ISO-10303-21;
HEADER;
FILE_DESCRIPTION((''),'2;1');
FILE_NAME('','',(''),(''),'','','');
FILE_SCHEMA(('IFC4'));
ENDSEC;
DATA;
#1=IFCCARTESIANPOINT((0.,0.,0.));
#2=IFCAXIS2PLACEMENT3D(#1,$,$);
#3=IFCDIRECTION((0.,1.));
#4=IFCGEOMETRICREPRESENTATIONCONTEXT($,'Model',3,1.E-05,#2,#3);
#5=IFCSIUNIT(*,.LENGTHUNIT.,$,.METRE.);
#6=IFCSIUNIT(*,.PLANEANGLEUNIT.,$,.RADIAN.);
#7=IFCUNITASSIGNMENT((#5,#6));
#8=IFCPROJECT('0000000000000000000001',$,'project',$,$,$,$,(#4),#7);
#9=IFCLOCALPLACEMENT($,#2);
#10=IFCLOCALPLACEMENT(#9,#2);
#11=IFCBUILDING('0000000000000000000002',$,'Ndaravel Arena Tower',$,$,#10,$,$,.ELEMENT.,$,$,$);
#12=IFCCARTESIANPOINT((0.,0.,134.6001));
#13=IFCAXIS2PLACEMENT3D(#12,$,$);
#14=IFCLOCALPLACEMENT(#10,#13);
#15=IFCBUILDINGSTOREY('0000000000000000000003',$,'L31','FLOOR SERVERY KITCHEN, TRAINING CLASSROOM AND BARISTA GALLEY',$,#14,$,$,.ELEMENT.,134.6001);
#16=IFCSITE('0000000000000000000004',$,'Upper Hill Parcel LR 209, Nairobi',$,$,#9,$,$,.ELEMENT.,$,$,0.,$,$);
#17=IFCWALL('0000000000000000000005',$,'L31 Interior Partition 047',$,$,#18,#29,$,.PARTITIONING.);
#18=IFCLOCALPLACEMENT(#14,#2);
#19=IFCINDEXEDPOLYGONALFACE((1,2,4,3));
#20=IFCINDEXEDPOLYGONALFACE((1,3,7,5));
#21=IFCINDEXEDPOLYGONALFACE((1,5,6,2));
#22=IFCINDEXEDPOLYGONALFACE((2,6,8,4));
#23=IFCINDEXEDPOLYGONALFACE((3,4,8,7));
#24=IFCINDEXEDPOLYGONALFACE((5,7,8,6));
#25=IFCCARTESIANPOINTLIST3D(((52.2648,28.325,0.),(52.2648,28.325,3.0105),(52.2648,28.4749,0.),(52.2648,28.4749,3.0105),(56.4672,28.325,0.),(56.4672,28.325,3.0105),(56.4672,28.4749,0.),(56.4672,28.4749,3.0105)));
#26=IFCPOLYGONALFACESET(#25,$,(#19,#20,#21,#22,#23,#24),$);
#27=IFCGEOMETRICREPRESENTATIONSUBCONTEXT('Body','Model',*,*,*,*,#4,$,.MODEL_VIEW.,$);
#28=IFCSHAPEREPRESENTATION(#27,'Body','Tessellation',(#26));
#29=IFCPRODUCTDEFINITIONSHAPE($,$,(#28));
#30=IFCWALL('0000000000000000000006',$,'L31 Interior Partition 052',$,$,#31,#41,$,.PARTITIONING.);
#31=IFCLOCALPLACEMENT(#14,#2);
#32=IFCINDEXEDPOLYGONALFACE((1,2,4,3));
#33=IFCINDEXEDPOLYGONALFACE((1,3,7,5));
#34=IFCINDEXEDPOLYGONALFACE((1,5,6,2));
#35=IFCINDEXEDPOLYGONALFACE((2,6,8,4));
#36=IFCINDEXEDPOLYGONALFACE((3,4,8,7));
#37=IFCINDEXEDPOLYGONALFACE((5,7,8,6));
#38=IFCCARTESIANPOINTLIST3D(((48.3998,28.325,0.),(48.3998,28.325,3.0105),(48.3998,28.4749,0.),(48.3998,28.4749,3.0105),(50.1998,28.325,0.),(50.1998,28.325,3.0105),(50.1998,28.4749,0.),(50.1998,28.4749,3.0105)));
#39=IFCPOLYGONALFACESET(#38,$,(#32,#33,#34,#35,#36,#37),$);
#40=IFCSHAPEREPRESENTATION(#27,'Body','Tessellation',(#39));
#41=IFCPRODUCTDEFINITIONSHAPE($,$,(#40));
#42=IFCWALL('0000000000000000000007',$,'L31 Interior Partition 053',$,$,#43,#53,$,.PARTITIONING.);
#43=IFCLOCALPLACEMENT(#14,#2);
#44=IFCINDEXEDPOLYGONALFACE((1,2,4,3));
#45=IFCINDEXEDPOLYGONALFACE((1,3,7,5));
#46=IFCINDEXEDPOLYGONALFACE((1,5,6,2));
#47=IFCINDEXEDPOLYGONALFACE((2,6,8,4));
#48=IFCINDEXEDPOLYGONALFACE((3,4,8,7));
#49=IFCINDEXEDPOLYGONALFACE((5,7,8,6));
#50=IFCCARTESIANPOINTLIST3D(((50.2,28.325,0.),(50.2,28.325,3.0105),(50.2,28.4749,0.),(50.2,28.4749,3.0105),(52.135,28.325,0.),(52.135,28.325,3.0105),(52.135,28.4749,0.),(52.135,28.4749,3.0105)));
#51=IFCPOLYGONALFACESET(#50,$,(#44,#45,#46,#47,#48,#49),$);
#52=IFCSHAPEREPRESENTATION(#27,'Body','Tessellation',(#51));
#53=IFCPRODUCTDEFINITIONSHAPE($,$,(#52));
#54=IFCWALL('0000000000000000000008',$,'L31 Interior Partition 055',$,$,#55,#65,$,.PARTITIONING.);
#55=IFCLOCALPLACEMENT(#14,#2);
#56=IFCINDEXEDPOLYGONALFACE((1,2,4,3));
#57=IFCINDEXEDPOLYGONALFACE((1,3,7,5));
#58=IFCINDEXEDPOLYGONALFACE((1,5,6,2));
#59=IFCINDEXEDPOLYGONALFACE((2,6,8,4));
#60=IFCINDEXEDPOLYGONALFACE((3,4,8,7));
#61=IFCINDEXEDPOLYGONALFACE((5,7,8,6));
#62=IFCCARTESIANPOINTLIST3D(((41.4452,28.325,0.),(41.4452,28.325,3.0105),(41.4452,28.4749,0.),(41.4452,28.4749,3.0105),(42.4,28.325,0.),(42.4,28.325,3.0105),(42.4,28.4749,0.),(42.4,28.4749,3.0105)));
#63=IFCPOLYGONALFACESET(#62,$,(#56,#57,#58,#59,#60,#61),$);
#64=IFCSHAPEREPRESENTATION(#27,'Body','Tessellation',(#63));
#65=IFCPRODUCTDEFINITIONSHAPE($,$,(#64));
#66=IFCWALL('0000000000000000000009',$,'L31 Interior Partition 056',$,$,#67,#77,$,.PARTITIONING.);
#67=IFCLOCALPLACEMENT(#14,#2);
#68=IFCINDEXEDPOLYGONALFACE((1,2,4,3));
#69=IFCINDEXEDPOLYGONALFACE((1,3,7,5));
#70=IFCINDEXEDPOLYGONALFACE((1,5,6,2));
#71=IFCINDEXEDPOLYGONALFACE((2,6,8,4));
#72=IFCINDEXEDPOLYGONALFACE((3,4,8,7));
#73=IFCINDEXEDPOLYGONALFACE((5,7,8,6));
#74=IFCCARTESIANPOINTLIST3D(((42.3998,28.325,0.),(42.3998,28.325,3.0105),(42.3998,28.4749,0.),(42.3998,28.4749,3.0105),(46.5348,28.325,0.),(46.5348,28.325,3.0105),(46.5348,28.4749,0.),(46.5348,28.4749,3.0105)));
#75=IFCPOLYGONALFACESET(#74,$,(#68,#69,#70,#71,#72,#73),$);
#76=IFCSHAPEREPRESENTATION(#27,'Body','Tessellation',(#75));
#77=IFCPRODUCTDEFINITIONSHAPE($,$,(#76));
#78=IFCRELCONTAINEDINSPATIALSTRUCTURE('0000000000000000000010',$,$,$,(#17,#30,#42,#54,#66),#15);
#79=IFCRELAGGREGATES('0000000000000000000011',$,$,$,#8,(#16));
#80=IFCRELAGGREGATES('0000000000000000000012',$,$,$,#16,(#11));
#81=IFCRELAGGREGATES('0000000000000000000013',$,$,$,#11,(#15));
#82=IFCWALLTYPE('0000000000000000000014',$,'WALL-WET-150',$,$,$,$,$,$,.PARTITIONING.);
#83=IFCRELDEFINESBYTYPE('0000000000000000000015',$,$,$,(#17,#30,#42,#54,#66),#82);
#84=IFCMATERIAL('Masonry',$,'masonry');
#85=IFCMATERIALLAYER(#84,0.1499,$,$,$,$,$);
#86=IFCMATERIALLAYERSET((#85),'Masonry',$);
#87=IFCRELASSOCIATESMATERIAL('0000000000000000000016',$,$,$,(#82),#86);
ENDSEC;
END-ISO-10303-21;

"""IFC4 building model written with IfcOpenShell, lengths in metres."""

from ifc_helpers import new_model, si_unit, direction, frame, frame_2d, origin, place, context, subcontext, project, spatial, rectangle, extrude, material, layer, layer_set, type_object, element, save


model = new_model("IFC4")

# Units and contexts
model_context = context("Model", 3, precision=1e-05, world=origin(), true_north=direction((0.0, 1.0)))
body_context = subcontext(model_context, "Body", "Model", "MODEL_VIEW")
ifc_project = project(units=[si_unit("LENGTHUNIT", "METRE"), si_unit("PLANEANGLEUNIT", "RADIAN")], contexts=[model_context])

# Site, building, storey
site_placement = place(None, origin())
site = spatial("IfcSite", under=ifc_project, at=site_placement, Name="Upper Hill Parcel LR 209, Nairobi", CompositionType="ELEMENT", RefElevation=0.0)
building_placement = place(site_placement, origin())
building = spatial("IfcBuilding", under=site, at=building_placement, Name="Ndaravel Arena Tower", CompositionType="ELEMENT")
storey_placement = place(building_placement, frame((0.0, 0.0, 134.6001)))
storey = spatial("IfcBuildingStorey", under=building, at=storey_placement, Name="L31", Description="FLOOR SERVERY KITCHEN, TRAINING CLASSROOM AND BARISTA GALLEY", CompositionType="ELEMENT", Elevation=134.6001)

# Shared definitions
ifc_material_1 = material(Name="Masonry", Category="masonry")
ifc_layer_1 = layer(ifc_material_1, 0.1499)
ifc_layer_set_1 = layer_set([ifc_layer_1], Name="Masonry")
wall_type_1 = type_object("IfcWallType", Name="WALL-WET-150", PredefinedType="PARTITIONING", material=ifc_layer_set_1)

# Walls
wall_1_placement = place(storey_placement, frame((52.2649, 28.3999, 0.0), z_axis=(0.0, 0.0, 1.0), x_axis=(1.0, 0.0, 0.0)))
element("IfcWall", 1, at=wall_1_placement, inside=storey, type_object=wall_type_1, Name="L31 Interior Partition 047", PredefinedType="PARTITIONING", context=body_context, shape_type="SweptSolid", body=[
    extrude(rectangle(XDim=4.2024, YDim=0.1499, at=frame_2d((2.1011, 0.0))), origin(), (0.0, 0.0, 1.0), 3.0105),
])
wall_2_placement = place(storey_placement, frame((48.3999, 28.3999, 0.0), z_axis=(0.0, 0.0, 1.0), x_axis=(1.0, 0.0, 0.0)))
element("IfcWall", 2, at=wall_2_placement, inside=storey, type_object=wall_type_1, Name="L31 Interior Partition 052", PredefinedType="PARTITIONING", context=body_context, shape_type="SweptSolid", body=[
    extrude(rectangle(XDim=1.8, YDim=0.1499, at=frame_2d((0.8999, 0.0))), origin(), (0.0, 0.0, 1.0), 3.0105),
])
wall_3_placement = place(storey_placement, frame((50.2, 28.3999, 0.0), z_axis=(0.0, 0.0, 1.0), x_axis=(1.0, 0.0, 0.0)))
element("IfcWall", 3, at=wall_3_placement, inside=storey, type_object=wall_type_1, Name="L31 Interior Partition 053", PredefinedType="PARTITIONING", context=body_context, shape_type="SweptSolid", body=[
    extrude(rectangle(XDim=1.9351, YDim=0.1499, at=frame_2d((0.9675, 0.0))), origin(), (0.0, 0.0, 1.0), 3.0105),
])
wall_4_placement = place(storey_placement, frame((41.4451, 28.3999, 0.0), z_axis=(0.0, 0.0, 1.0), x_axis=(1.0, 0.0, 0.0)))
element("IfcWall", 4, at=wall_4_placement, inside=storey, type_object=wall_type_1, Name="L31 Interior Partition 055", PredefinedType="PARTITIONING", context=body_context, shape_type="SweptSolid", body=[
    extrude(rectangle(XDim=0.9548, YDim=0.1499, at=frame_2d((0.4775, 0.0))), origin(), (0.0, 0.0, 1.0), 3.0105),
])
wall_5_placement = place(storey_placement, frame((42.3999, 28.3999, 0.0), z_axis=(0.0, 0.0, 1.0), x_axis=(1.0, 0.0, 0.0)))
element("IfcWall", 5, at=wall_5_placement, inside=storey, type_object=wall_type_1, Name="L31 Interior Partition 056", PredefinedType="PARTITIONING", context=body_context, shape_type="SweptSolid", body=[
    extrude(rectangle(XDim=4.135, YDim=0.1499, at=frame_2d((2.0674, 0.0))), origin(), (0.0, 0.0, 1.0), 3.0105),
])

save(model, "model.ifc")
